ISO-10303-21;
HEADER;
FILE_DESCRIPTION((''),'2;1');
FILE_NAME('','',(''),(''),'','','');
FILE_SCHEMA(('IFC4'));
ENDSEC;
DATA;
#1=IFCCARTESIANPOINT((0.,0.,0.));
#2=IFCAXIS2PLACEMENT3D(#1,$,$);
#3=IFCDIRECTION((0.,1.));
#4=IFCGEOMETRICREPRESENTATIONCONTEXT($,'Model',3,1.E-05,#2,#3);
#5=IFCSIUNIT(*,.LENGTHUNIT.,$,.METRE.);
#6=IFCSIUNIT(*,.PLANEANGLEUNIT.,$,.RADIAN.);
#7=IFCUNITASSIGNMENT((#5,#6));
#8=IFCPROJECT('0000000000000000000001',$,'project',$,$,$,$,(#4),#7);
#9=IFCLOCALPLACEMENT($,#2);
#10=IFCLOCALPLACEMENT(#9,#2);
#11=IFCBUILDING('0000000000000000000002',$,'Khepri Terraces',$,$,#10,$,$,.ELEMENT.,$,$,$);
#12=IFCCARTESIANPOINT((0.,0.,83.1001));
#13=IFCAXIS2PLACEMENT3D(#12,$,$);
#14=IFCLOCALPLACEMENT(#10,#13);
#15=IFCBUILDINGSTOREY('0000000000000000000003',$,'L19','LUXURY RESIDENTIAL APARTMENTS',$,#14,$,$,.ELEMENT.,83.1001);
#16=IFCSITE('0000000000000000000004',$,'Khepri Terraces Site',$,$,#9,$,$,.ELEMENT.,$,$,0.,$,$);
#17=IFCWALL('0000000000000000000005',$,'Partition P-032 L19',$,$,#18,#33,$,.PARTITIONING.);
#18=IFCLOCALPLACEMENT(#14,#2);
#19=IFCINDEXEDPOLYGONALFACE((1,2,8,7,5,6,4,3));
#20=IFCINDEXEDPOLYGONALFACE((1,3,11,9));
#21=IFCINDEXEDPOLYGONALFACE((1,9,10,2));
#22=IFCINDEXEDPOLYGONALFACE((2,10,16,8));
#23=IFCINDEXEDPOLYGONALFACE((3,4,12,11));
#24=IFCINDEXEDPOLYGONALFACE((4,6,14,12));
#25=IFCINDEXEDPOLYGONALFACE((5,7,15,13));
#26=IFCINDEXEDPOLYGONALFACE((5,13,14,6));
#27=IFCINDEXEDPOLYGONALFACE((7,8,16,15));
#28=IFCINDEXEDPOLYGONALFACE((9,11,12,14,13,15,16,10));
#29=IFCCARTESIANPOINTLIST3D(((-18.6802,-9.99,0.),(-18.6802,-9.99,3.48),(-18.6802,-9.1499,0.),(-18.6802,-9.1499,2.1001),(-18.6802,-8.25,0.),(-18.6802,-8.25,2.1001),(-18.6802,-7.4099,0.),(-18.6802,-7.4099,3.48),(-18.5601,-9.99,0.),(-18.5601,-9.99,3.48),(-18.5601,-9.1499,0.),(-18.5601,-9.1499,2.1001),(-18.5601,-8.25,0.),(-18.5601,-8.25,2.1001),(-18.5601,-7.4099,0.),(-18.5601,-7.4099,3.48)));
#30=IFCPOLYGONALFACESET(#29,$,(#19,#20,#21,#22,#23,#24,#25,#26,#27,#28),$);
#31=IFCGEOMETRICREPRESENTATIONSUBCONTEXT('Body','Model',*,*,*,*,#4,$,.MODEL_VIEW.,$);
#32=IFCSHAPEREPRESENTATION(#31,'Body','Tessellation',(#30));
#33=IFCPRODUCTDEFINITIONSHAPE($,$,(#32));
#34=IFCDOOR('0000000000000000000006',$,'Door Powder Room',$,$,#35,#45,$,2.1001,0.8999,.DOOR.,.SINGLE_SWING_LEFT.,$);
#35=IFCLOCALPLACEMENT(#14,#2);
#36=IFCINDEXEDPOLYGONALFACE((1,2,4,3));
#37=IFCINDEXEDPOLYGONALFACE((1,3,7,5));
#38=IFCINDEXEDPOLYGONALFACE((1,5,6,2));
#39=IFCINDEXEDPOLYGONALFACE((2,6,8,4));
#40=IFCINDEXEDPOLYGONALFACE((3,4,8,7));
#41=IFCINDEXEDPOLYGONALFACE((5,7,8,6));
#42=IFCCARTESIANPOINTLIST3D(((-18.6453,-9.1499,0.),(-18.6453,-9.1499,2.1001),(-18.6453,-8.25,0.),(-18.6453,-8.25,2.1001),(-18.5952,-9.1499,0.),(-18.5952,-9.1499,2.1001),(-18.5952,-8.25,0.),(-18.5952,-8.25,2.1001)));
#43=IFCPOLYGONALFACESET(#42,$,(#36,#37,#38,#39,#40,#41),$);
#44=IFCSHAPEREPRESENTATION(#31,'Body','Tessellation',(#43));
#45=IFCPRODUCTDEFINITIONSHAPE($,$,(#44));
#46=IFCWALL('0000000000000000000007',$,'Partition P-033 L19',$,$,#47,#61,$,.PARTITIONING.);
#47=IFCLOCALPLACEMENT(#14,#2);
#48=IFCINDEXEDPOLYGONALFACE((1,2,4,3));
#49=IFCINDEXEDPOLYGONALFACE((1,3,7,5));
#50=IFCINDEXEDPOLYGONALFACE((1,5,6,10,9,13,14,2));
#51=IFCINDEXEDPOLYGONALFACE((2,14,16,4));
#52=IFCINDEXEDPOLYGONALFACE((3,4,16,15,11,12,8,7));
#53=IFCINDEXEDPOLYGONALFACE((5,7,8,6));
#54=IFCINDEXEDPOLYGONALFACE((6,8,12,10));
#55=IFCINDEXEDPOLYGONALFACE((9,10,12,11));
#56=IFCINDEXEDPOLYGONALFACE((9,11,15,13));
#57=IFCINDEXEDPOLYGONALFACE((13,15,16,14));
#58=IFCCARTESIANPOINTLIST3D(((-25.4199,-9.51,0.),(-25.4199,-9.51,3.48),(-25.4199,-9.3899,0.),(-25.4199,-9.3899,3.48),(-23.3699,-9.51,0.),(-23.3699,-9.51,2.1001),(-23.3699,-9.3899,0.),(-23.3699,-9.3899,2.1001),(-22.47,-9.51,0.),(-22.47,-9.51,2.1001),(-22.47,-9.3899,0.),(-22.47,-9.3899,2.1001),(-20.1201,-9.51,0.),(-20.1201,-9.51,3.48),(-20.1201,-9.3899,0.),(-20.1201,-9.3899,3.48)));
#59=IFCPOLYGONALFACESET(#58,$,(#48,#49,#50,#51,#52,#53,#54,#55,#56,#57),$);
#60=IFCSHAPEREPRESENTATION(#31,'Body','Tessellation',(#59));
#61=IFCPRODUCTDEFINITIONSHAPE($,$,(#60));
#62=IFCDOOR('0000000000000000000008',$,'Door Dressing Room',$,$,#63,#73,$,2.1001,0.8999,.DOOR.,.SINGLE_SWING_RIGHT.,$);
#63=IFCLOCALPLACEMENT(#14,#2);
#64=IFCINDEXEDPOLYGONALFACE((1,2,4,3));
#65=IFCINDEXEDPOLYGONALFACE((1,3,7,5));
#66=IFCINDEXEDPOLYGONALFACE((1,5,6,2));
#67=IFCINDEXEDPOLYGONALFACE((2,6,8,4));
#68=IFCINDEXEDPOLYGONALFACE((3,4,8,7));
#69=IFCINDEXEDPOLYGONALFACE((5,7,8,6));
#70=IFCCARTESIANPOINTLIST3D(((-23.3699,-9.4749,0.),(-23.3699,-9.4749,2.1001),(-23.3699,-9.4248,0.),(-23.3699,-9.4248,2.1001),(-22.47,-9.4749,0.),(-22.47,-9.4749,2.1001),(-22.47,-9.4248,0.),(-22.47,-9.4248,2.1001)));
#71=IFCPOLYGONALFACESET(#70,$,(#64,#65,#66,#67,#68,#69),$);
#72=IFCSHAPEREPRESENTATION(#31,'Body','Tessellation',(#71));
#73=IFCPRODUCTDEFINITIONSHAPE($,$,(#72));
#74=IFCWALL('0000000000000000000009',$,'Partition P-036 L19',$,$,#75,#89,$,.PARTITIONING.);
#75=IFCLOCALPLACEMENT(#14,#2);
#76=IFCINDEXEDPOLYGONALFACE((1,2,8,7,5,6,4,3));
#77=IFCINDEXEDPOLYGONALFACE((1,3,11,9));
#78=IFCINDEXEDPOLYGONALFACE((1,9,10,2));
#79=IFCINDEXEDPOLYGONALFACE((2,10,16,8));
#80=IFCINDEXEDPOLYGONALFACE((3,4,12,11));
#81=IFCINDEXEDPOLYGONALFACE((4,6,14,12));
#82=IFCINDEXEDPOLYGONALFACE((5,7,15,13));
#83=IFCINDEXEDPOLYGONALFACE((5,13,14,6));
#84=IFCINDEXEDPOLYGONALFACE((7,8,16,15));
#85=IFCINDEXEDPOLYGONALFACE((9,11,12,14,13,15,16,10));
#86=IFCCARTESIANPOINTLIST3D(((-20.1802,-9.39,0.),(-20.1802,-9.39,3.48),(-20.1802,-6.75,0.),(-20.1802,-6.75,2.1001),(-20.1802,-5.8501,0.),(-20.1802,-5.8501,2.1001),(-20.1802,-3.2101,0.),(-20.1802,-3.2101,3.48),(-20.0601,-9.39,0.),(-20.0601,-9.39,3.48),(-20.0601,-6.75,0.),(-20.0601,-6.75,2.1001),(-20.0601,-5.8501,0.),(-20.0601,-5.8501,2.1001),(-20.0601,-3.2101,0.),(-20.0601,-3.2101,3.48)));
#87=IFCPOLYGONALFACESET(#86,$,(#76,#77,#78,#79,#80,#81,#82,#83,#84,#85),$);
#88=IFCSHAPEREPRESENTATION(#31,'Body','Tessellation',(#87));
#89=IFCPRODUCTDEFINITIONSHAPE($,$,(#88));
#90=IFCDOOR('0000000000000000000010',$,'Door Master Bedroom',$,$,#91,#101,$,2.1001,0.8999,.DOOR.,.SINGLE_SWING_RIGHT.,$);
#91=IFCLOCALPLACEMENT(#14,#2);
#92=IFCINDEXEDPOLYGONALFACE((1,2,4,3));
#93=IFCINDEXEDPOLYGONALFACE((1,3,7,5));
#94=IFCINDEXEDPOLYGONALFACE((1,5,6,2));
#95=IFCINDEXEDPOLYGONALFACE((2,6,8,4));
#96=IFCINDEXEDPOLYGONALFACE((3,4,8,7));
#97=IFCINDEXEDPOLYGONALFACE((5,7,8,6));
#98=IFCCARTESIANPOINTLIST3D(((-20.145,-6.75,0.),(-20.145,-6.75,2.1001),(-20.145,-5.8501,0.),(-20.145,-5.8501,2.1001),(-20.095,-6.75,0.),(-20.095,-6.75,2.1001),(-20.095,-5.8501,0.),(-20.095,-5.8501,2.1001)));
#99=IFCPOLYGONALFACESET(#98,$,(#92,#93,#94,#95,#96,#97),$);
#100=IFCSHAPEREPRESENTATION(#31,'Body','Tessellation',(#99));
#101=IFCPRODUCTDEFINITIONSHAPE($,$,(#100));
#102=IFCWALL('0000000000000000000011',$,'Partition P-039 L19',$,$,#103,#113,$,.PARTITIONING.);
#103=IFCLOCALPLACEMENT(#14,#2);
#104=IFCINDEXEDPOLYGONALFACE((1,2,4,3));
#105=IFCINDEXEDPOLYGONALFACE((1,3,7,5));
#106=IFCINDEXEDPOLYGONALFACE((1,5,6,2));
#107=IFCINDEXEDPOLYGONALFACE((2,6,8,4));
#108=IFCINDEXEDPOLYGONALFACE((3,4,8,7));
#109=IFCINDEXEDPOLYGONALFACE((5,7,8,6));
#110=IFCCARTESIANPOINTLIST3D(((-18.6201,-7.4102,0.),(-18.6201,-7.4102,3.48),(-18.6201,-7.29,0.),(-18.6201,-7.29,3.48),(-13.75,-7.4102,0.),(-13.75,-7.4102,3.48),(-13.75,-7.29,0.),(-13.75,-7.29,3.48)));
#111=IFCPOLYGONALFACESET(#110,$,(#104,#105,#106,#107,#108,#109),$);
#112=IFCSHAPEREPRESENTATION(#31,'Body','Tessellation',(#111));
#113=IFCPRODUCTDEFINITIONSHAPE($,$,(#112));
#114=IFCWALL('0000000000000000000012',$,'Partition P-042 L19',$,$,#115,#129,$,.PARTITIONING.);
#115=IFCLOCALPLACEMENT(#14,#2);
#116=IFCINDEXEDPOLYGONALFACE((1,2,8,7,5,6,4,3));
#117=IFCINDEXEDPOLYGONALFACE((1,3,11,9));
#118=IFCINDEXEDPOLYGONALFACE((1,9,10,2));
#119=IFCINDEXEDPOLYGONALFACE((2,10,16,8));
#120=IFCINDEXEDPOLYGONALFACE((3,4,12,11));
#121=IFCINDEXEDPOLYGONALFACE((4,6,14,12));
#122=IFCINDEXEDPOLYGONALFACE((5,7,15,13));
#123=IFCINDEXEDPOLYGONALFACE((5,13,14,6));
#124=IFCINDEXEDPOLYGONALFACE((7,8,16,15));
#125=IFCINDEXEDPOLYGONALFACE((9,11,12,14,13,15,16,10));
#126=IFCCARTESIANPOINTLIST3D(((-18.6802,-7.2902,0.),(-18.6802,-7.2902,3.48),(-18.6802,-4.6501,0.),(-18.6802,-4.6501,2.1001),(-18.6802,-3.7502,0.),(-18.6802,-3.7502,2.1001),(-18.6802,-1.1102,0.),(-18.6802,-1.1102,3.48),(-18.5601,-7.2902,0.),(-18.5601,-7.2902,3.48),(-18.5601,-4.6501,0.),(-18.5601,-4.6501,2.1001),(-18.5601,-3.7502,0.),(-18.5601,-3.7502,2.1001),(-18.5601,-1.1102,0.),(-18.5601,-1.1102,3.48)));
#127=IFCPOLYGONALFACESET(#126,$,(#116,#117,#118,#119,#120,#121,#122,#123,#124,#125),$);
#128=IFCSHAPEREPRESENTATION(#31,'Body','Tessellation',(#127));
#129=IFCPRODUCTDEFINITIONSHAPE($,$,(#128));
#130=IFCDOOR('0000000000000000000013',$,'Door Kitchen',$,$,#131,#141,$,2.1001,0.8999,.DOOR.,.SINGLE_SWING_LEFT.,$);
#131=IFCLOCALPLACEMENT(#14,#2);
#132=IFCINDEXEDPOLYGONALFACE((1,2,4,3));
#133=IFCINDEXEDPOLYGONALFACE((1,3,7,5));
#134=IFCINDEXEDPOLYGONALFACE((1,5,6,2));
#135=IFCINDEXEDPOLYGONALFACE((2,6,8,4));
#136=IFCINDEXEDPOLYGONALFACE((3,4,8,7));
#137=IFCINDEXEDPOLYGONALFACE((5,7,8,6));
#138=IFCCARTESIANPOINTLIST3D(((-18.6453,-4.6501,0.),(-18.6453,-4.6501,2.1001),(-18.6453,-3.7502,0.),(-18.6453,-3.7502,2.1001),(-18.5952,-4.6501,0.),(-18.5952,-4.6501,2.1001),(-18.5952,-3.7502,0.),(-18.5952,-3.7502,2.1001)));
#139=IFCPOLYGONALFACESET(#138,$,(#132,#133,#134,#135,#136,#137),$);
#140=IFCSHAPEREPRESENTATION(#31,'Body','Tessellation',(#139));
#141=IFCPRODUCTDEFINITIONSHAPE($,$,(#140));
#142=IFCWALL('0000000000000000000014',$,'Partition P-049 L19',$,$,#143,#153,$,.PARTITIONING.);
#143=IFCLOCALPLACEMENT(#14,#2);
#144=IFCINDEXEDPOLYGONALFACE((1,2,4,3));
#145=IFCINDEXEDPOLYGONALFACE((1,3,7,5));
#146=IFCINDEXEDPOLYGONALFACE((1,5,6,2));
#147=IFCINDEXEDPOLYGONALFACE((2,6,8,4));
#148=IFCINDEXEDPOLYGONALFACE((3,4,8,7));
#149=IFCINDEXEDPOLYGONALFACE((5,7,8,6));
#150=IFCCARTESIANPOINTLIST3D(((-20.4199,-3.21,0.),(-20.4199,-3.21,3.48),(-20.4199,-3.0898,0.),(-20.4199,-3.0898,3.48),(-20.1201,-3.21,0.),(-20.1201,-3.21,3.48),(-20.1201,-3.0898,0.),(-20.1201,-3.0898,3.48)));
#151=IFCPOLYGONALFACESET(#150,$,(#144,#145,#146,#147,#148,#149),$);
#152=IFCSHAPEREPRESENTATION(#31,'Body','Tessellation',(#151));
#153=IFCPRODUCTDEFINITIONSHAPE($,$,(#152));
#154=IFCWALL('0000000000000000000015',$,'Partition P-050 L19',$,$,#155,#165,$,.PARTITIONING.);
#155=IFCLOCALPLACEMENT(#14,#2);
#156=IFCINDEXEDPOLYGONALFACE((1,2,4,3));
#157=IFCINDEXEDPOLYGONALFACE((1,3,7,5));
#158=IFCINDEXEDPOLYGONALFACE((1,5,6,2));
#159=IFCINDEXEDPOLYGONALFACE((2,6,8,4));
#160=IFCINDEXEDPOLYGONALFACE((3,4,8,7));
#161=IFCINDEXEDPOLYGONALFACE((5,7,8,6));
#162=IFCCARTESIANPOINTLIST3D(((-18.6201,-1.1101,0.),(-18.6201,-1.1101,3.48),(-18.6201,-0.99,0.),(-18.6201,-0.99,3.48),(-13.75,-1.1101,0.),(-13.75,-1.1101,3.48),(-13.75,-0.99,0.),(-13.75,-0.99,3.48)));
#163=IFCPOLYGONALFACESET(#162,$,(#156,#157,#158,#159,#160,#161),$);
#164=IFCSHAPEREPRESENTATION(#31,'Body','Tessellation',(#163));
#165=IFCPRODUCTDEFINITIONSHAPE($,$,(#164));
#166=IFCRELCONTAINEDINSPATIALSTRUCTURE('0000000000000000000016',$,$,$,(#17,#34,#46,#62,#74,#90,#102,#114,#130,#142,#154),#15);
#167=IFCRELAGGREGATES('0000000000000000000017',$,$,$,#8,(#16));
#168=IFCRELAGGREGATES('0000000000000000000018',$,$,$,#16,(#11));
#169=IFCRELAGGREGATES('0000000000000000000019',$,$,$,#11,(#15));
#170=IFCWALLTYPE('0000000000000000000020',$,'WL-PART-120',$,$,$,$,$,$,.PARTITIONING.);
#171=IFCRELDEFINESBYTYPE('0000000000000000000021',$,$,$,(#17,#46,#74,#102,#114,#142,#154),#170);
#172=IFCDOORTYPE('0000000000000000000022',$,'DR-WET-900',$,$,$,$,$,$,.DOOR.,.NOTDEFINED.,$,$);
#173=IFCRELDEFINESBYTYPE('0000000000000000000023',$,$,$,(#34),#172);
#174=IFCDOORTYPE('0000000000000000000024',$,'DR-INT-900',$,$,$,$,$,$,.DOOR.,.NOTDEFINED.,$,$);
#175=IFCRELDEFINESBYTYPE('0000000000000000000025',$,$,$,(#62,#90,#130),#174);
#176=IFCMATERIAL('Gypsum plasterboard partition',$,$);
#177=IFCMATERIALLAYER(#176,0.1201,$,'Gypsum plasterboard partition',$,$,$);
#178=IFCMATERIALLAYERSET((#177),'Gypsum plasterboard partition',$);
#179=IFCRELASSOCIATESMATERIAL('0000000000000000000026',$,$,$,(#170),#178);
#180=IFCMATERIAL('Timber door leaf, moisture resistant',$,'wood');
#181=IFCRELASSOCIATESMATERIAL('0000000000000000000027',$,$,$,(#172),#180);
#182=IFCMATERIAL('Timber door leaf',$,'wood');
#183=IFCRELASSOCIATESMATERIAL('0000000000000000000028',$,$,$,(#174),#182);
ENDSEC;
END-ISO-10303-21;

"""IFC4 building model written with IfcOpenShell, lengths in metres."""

from ifc_helpers import new_model, si_unit, direction, frame, frame_2d, origin, place, context, subcontext, project, spatial, rectangle, extrude, material, layer, layer_set, type_object, element, fill, save


model = new_model("IFC4")

# Units and contexts
model_context = context("Model", 3, precision=1e-05, world=origin(), true_north=direction((0.0, 1.0)))
body_context = subcontext(model_context, "Body", "Model", "MODEL_VIEW")
ifc_project = project(units=[si_unit("LENGTHUNIT", "METRE"), si_unit("PLANEANGLEUNIT", "RADIAN")], contexts=[model_context])

# Site, building, storey
site_placement = place(None, origin())
site = spatial("IfcSite", under=ifc_project, at=site_placement, Name="Khepri Terraces Site", CompositionType="ELEMENT", RefElevation=0.0)
building_placement = place(site_placement, origin())
building = spatial("IfcBuilding", under=site, at=building_placement, Name="Khepri Terraces", CompositionType="ELEMENT")
storey_placement = place(building_placement, frame((0.0, 0.0, 83.1001)))
storey = spatial("IfcBuildingStorey", under=building, at=storey_placement, Name="L19", Description="LUXURY RESIDENTIAL APARTMENTS", CompositionType="ELEMENT", Elevation=83.1001)

# Walls, openings, doors
ifc_material_1 = material(Name="Gypsum plasterboard partition")
ifc_layer_1 = layer(ifc_material_1, 0.1201, Name="Gypsum plasterboard partition")
ifc_layer_set_1 = layer_set([ifc_layer_1], Name="Gypsum plasterboard partition")
wall_type_1 = type_object("IfcWallType", Name="WL-PART-120", PredefinedType="PARTITIONING", material=ifc_layer_set_1)
wall_1_placement = place(storey_placement, frame((-18.6201, -9.99, 0.0), z_axis=(0.0, 0.0, 1.0), x_axis=(0.0, 1.0, 0.0)))
wall_1 = element("IfcWall", 1, at=wall_1_placement, inside=storey, type_object=wall_type_1, Name="Partition P-032 L19", PredefinedType="PARTITIONING", context=body_context, shape_type="SweptSolid", body=[
    extrude(rectangle(XDim=2.5801, YDim=0.1201, at=frame_2d((1.29, 0.0))), origin(), (0.0, 0.0, 1.0), 3.48),
])
opening_1_placement = place(wall_1_placement, frame((0.8401, 0.0, 0.0)))
opening_1 = element("IfcOpeningElement", 2, at=opening_1_placement, cuts=wall_1, PredefinedType="OPENING", context=body_context, shape_type="SweptSolid", body=[
    extrude(rectangle(XDim=0.8999, YDim=2.1001, at=frame_2d((0.45, 1.05))), frame((0.0, 0.0701, 0.0), z_axis=(0.0, -1.0, 0.0), x_axis=(1.0, 0.0, 0.0)), (0.0, 0.0, 1.0), 0.1401),
])
ifc_material_2 = material(Name="Timber door leaf, moisture resistant", Category="wood")
door_type_1 = type_object("IfcDoorType", Name="DR-WET-900", OperationType="NOTDEFINED", PredefinedType="DOOR", material=ifc_material_2)
door_1_placement = place(opening_1_placement, frame((0.8999, 0.0, 0.0), z_axis=(0.0, 0.0, 1.0), x_axis=(-1.0, 0.0, 0.0)))
door_1 = element("IfcDoor", 3, at=door_1_placement, inside=storey, type_object=door_type_1, Name="Door Powder Room", OperationType="SINGLE_SWING_LEFT", OverallHeight=2.1001, OverallWidth=0.8999, PredefinedType="DOOR", context=body_context, shape_type="SweptSolid", body=[
    extrude(rectangle(XDim=0.8999, YDim=2.1001, at=frame_2d((0.45, 1.05))), frame((0.0, 0.0249, 0.0), z_axis=(0.0, -1.0, 0.0), x_axis=(1.0, 0.0, 0.0)), (0.0, 0.0, 1.0), 0.05),
])
fill(opening_1, door_1)
wall_2_placement = place(storey_placement, frame((-25.4199, -9.45, 0.0), z_axis=(0.0, 0.0, 1.0), x_axis=(1.0, 0.0, 0.0)))
wall_2 = element("IfcWall", 4, at=wall_2_placement, inside=storey, type_object=wall_type_1, Name="Partition P-033 L19", PredefinedType="PARTITIONING", context=body_context, shape_type="SweptSolid", body=[
    extrude(rectangle(XDim=5.2998, YDim=0.1201, at=frame_2d((2.6499, 0.0))), origin(), (0.0, 0.0, 1.0), 3.48),
])
opening_2_placement = place(wall_2_placement, frame((2.05, 0.0, 0.0)))
opening_2 = element("IfcOpeningElement", 5, at=opening_2_placement, cuts=wall_2, PredefinedType="OPENING", context=body_context, shape_type="SweptSolid", body=[
    extrude(rectangle(XDim=0.8999, YDim=2.1001, at=frame_2d((0.45, 1.05))), frame((0.0, 0.0701, 0.0), z_axis=(0.0, -1.0, 0.0), x_axis=(1.0, 0.0, 0.0)), (0.0, 0.0, 1.0), 0.1401),
])
ifc_material_3 = material(Name="Timber door leaf", Category="wood")
door_type_2 = type_object("IfcDoorType", Name="DR-INT-900", OperationType="NOTDEFINED", PredefinedType="DOOR", material=ifc_material_3)
door_2_placement = place(opening_2_placement, frame((0.8999, 0.0, 0.0), z_axis=(0.0, 0.0, 1.0), x_axis=(-1.0, 0.0, 0.0)))
door_2 = element("IfcDoor", 6, at=door_2_placement, inside=storey, type_object=door_type_2, Name="Door Dressing Room", OperationType="SINGLE_SWING_RIGHT", OverallHeight=2.1001, OverallWidth=0.8999, PredefinedType="DOOR", context=body_context, shape_type="SweptSolid", body=[
    extrude(rectangle(XDim=0.8999, YDim=2.1001, at=frame_2d((0.45, 1.05))), frame((0.0, 0.0249, 0.0), z_axis=(0.0, -1.0, 0.0), x_axis=(1.0, 0.0, 0.0)), (0.0, 0.0, 1.0), 0.05),
])
fill(opening_2, door_2)
wall_3_placement = place(storey_placement, frame((-20.1201, -9.3899, 0.0), z_axis=(0.0, 0.0, 1.0), x_axis=(0.0, 1.0, 0.0)))
wall_3 = element("IfcWall", 7, at=wall_3_placement, inside=storey, type_object=wall_type_1, Name="Partition P-036 L19", PredefinedType="PARTITIONING", context=body_context, shape_type="SweptSolid", body=[
    extrude(rectangle(XDim=6.1799, YDim=0.1201, at=frame_2d((3.0898, 0.0))), origin(), (0.0, 0.0, 1.0), 3.48),
])
opening_3_placement = place(wall_3_placement, frame((2.6399, 0.0, 0.0)))
opening_3 = element("IfcOpeningElement", 8, at=opening_3_placement, cuts=wall_3, PredefinedType="OPENING", context=body_context, shape_type="SweptSolid", body=[
    extrude(rectangle(XDim=0.8999, YDim=2.1001, at=frame_2d((0.45, 1.05))), frame((0.0, 0.0701, 0.0), z_axis=(0.0, -1.0, 0.0), x_axis=(1.0, 0.0, 0.0)), (0.0, 0.0, 1.0), 0.1401),
])
door_3_placement = place(opening_3_placement, origin())
door_3 = element("IfcDoor", 9, at=door_3_placement, inside=storey, type_object=door_type_2, Name="Door Master Bedroom", OperationType="SINGLE_SWING_RIGHT", OverallHeight=2.1001, OverallWidth=0.8999, PredefinedType="DOOR", context=body_context, shape_type="SweptSolid", body=[
    extrude(rectangle(XDim=0.8999, YDim=2.1001, at=frame_2d((0.45, 1.05))), frame((0.0, 0.0249, 0.0), z_axis=(0.0, -1.0, 0.0), x_axis=(1.0, 0.0, 0.0)), (0.0, 0.0, 1.0), 0.05),
])
fill(opening_3, door_3)

# Wall
wall_4_placement = place(storey_placement, frame((-18.6201, -7.3501, 0.0), z_axis=(0.0, 0.0, 1.0), x_axis=(1.0, 0.0, 0.0)))
element("IfcWall", 10, at=wall_4_placement, inside=storey, type_object=wall_type_1, Name="Partition P-039 L19", PredefinedType="PARTITIONING", context=body_context, shape_type="SweptSolid", body=[
    extrude(rectangle(XDim=4.8701, YDim=0.1201, at=frame_2d((2.4351, 0.0))), origin(), (0.0, 0.0, 1.0), 3.48),
])

# Wall, opening, door
wall_5_placement = place(storey_placement, frame((-18.6201, -7.29, 0.0), z_axis=(0.0, 0.0, 1.0), x_axis=(0.0, 1.0, 0.0)))
wall_5 = element("IfcWall", 11, at=wall_5_placement, inside=storey, type_object=wall_type_1, Name="Partition P-042 L19", PredefinedType="PARTITIONING", context=body_context, shape_type="SweptSolid", body=[
    extrude(rectangle(XDim=6.1799, YDim=0.1201, at=frame_2d((3.0898, 0.0))), origin(), (0.0, 0.0, 1.0), 3.48),
])
opening_4_placement = place(wall_5_placement, frame((2.6399, 0.0, 0.0)))
opening_4 = element("IfcOpeningElement", 12, at=opening_4_placement, cuts=wall_5, PredefinedType="OPENING", context=body_context, shape_type="SweptSolid", body=[
    extrude(rectangle(XDim=0.8999, YDim=2.1001, at=frame_2d((0.45, 1.05))), frame((0.0, 0.0701, 0.0), z_axis=(0.0, -1.0, 0.0), x_axis=(1.0, 0.0, 0.0)), (0.0, 0.0, 1.0), 0.1401),
])
door_4_placement = place(opening_4_placement, frame((0.8999, 0.0, 0.0), z_axis=(0.0, 0.0, 1.0), x_axis=(-1.0, 0.0, 0.0)))
door_4 = element("IfcDoor", 13, at=door_4_placement, inside=storey, type_object=door_type_2, Name="Door Kitchen", OperationType="SINGLE_SWING_LEFT", OverallHeight=2.1001, OverallWidth=0.8999, PredefinedType="DOOR", context=body_context, shape_type="SweptSolid", body=[
    extrude(rectangle(XDim=0.8999, YDim=2.1001, at=frame_2d((0.45, 1.05))), frame((0.0, 0.0249, 0.0), z_axis=(0.0, -1.0, 0.0), x_axis=(1.0, 0.0, 0.0)), (0.0, 0.0, 1.0), 0.05),
])
fill(opening_4, door_4)

# Walls
wall_6_placement = place(storey_placement, frame((-20.4199, -3.1499, 0.0), z_axis=(0.0, 0.0, 1.0), x_axis=(1.0, 0.0, 0.0)))
element("IfcWall", 14, at=wall_6_placement, inside=storey, type_object=wall_type_1, Name="Partition P-049 L19", PredefinedType="PARTITIONING", context=body_context, shape_type="SweptSolid", body=[
    extrude(rectangle(XDim=0.2998, YDim=0.1201, at=frame_2d((0.1499, 0.0))), origin(), (0.0, 0.0, 1.0), 3.48),
])
wall_7_placement = place(storey_placement, frame((-18.6201, -1.05, 0.0), z_axis=(0.0, 0.0, 1.0), x_axis=(1.0, 0.0, 0.0)))
element("IfcWall", 15, at=wall_7_placement, inside=storey, type_object=wall_type_1, Name="Partition P-050 L19", PredefinedType="PARTITIONING", context=body_context, shape_type="SweptSolid", body=[
    extrude(rectangle(XDim=4.8701, YDim=0.1201, at=frame_2d((2.4351, 0.0))), origin(), (0.0, 0.0, 1.0), 3.48),
])

save(model, "model.ifc")
